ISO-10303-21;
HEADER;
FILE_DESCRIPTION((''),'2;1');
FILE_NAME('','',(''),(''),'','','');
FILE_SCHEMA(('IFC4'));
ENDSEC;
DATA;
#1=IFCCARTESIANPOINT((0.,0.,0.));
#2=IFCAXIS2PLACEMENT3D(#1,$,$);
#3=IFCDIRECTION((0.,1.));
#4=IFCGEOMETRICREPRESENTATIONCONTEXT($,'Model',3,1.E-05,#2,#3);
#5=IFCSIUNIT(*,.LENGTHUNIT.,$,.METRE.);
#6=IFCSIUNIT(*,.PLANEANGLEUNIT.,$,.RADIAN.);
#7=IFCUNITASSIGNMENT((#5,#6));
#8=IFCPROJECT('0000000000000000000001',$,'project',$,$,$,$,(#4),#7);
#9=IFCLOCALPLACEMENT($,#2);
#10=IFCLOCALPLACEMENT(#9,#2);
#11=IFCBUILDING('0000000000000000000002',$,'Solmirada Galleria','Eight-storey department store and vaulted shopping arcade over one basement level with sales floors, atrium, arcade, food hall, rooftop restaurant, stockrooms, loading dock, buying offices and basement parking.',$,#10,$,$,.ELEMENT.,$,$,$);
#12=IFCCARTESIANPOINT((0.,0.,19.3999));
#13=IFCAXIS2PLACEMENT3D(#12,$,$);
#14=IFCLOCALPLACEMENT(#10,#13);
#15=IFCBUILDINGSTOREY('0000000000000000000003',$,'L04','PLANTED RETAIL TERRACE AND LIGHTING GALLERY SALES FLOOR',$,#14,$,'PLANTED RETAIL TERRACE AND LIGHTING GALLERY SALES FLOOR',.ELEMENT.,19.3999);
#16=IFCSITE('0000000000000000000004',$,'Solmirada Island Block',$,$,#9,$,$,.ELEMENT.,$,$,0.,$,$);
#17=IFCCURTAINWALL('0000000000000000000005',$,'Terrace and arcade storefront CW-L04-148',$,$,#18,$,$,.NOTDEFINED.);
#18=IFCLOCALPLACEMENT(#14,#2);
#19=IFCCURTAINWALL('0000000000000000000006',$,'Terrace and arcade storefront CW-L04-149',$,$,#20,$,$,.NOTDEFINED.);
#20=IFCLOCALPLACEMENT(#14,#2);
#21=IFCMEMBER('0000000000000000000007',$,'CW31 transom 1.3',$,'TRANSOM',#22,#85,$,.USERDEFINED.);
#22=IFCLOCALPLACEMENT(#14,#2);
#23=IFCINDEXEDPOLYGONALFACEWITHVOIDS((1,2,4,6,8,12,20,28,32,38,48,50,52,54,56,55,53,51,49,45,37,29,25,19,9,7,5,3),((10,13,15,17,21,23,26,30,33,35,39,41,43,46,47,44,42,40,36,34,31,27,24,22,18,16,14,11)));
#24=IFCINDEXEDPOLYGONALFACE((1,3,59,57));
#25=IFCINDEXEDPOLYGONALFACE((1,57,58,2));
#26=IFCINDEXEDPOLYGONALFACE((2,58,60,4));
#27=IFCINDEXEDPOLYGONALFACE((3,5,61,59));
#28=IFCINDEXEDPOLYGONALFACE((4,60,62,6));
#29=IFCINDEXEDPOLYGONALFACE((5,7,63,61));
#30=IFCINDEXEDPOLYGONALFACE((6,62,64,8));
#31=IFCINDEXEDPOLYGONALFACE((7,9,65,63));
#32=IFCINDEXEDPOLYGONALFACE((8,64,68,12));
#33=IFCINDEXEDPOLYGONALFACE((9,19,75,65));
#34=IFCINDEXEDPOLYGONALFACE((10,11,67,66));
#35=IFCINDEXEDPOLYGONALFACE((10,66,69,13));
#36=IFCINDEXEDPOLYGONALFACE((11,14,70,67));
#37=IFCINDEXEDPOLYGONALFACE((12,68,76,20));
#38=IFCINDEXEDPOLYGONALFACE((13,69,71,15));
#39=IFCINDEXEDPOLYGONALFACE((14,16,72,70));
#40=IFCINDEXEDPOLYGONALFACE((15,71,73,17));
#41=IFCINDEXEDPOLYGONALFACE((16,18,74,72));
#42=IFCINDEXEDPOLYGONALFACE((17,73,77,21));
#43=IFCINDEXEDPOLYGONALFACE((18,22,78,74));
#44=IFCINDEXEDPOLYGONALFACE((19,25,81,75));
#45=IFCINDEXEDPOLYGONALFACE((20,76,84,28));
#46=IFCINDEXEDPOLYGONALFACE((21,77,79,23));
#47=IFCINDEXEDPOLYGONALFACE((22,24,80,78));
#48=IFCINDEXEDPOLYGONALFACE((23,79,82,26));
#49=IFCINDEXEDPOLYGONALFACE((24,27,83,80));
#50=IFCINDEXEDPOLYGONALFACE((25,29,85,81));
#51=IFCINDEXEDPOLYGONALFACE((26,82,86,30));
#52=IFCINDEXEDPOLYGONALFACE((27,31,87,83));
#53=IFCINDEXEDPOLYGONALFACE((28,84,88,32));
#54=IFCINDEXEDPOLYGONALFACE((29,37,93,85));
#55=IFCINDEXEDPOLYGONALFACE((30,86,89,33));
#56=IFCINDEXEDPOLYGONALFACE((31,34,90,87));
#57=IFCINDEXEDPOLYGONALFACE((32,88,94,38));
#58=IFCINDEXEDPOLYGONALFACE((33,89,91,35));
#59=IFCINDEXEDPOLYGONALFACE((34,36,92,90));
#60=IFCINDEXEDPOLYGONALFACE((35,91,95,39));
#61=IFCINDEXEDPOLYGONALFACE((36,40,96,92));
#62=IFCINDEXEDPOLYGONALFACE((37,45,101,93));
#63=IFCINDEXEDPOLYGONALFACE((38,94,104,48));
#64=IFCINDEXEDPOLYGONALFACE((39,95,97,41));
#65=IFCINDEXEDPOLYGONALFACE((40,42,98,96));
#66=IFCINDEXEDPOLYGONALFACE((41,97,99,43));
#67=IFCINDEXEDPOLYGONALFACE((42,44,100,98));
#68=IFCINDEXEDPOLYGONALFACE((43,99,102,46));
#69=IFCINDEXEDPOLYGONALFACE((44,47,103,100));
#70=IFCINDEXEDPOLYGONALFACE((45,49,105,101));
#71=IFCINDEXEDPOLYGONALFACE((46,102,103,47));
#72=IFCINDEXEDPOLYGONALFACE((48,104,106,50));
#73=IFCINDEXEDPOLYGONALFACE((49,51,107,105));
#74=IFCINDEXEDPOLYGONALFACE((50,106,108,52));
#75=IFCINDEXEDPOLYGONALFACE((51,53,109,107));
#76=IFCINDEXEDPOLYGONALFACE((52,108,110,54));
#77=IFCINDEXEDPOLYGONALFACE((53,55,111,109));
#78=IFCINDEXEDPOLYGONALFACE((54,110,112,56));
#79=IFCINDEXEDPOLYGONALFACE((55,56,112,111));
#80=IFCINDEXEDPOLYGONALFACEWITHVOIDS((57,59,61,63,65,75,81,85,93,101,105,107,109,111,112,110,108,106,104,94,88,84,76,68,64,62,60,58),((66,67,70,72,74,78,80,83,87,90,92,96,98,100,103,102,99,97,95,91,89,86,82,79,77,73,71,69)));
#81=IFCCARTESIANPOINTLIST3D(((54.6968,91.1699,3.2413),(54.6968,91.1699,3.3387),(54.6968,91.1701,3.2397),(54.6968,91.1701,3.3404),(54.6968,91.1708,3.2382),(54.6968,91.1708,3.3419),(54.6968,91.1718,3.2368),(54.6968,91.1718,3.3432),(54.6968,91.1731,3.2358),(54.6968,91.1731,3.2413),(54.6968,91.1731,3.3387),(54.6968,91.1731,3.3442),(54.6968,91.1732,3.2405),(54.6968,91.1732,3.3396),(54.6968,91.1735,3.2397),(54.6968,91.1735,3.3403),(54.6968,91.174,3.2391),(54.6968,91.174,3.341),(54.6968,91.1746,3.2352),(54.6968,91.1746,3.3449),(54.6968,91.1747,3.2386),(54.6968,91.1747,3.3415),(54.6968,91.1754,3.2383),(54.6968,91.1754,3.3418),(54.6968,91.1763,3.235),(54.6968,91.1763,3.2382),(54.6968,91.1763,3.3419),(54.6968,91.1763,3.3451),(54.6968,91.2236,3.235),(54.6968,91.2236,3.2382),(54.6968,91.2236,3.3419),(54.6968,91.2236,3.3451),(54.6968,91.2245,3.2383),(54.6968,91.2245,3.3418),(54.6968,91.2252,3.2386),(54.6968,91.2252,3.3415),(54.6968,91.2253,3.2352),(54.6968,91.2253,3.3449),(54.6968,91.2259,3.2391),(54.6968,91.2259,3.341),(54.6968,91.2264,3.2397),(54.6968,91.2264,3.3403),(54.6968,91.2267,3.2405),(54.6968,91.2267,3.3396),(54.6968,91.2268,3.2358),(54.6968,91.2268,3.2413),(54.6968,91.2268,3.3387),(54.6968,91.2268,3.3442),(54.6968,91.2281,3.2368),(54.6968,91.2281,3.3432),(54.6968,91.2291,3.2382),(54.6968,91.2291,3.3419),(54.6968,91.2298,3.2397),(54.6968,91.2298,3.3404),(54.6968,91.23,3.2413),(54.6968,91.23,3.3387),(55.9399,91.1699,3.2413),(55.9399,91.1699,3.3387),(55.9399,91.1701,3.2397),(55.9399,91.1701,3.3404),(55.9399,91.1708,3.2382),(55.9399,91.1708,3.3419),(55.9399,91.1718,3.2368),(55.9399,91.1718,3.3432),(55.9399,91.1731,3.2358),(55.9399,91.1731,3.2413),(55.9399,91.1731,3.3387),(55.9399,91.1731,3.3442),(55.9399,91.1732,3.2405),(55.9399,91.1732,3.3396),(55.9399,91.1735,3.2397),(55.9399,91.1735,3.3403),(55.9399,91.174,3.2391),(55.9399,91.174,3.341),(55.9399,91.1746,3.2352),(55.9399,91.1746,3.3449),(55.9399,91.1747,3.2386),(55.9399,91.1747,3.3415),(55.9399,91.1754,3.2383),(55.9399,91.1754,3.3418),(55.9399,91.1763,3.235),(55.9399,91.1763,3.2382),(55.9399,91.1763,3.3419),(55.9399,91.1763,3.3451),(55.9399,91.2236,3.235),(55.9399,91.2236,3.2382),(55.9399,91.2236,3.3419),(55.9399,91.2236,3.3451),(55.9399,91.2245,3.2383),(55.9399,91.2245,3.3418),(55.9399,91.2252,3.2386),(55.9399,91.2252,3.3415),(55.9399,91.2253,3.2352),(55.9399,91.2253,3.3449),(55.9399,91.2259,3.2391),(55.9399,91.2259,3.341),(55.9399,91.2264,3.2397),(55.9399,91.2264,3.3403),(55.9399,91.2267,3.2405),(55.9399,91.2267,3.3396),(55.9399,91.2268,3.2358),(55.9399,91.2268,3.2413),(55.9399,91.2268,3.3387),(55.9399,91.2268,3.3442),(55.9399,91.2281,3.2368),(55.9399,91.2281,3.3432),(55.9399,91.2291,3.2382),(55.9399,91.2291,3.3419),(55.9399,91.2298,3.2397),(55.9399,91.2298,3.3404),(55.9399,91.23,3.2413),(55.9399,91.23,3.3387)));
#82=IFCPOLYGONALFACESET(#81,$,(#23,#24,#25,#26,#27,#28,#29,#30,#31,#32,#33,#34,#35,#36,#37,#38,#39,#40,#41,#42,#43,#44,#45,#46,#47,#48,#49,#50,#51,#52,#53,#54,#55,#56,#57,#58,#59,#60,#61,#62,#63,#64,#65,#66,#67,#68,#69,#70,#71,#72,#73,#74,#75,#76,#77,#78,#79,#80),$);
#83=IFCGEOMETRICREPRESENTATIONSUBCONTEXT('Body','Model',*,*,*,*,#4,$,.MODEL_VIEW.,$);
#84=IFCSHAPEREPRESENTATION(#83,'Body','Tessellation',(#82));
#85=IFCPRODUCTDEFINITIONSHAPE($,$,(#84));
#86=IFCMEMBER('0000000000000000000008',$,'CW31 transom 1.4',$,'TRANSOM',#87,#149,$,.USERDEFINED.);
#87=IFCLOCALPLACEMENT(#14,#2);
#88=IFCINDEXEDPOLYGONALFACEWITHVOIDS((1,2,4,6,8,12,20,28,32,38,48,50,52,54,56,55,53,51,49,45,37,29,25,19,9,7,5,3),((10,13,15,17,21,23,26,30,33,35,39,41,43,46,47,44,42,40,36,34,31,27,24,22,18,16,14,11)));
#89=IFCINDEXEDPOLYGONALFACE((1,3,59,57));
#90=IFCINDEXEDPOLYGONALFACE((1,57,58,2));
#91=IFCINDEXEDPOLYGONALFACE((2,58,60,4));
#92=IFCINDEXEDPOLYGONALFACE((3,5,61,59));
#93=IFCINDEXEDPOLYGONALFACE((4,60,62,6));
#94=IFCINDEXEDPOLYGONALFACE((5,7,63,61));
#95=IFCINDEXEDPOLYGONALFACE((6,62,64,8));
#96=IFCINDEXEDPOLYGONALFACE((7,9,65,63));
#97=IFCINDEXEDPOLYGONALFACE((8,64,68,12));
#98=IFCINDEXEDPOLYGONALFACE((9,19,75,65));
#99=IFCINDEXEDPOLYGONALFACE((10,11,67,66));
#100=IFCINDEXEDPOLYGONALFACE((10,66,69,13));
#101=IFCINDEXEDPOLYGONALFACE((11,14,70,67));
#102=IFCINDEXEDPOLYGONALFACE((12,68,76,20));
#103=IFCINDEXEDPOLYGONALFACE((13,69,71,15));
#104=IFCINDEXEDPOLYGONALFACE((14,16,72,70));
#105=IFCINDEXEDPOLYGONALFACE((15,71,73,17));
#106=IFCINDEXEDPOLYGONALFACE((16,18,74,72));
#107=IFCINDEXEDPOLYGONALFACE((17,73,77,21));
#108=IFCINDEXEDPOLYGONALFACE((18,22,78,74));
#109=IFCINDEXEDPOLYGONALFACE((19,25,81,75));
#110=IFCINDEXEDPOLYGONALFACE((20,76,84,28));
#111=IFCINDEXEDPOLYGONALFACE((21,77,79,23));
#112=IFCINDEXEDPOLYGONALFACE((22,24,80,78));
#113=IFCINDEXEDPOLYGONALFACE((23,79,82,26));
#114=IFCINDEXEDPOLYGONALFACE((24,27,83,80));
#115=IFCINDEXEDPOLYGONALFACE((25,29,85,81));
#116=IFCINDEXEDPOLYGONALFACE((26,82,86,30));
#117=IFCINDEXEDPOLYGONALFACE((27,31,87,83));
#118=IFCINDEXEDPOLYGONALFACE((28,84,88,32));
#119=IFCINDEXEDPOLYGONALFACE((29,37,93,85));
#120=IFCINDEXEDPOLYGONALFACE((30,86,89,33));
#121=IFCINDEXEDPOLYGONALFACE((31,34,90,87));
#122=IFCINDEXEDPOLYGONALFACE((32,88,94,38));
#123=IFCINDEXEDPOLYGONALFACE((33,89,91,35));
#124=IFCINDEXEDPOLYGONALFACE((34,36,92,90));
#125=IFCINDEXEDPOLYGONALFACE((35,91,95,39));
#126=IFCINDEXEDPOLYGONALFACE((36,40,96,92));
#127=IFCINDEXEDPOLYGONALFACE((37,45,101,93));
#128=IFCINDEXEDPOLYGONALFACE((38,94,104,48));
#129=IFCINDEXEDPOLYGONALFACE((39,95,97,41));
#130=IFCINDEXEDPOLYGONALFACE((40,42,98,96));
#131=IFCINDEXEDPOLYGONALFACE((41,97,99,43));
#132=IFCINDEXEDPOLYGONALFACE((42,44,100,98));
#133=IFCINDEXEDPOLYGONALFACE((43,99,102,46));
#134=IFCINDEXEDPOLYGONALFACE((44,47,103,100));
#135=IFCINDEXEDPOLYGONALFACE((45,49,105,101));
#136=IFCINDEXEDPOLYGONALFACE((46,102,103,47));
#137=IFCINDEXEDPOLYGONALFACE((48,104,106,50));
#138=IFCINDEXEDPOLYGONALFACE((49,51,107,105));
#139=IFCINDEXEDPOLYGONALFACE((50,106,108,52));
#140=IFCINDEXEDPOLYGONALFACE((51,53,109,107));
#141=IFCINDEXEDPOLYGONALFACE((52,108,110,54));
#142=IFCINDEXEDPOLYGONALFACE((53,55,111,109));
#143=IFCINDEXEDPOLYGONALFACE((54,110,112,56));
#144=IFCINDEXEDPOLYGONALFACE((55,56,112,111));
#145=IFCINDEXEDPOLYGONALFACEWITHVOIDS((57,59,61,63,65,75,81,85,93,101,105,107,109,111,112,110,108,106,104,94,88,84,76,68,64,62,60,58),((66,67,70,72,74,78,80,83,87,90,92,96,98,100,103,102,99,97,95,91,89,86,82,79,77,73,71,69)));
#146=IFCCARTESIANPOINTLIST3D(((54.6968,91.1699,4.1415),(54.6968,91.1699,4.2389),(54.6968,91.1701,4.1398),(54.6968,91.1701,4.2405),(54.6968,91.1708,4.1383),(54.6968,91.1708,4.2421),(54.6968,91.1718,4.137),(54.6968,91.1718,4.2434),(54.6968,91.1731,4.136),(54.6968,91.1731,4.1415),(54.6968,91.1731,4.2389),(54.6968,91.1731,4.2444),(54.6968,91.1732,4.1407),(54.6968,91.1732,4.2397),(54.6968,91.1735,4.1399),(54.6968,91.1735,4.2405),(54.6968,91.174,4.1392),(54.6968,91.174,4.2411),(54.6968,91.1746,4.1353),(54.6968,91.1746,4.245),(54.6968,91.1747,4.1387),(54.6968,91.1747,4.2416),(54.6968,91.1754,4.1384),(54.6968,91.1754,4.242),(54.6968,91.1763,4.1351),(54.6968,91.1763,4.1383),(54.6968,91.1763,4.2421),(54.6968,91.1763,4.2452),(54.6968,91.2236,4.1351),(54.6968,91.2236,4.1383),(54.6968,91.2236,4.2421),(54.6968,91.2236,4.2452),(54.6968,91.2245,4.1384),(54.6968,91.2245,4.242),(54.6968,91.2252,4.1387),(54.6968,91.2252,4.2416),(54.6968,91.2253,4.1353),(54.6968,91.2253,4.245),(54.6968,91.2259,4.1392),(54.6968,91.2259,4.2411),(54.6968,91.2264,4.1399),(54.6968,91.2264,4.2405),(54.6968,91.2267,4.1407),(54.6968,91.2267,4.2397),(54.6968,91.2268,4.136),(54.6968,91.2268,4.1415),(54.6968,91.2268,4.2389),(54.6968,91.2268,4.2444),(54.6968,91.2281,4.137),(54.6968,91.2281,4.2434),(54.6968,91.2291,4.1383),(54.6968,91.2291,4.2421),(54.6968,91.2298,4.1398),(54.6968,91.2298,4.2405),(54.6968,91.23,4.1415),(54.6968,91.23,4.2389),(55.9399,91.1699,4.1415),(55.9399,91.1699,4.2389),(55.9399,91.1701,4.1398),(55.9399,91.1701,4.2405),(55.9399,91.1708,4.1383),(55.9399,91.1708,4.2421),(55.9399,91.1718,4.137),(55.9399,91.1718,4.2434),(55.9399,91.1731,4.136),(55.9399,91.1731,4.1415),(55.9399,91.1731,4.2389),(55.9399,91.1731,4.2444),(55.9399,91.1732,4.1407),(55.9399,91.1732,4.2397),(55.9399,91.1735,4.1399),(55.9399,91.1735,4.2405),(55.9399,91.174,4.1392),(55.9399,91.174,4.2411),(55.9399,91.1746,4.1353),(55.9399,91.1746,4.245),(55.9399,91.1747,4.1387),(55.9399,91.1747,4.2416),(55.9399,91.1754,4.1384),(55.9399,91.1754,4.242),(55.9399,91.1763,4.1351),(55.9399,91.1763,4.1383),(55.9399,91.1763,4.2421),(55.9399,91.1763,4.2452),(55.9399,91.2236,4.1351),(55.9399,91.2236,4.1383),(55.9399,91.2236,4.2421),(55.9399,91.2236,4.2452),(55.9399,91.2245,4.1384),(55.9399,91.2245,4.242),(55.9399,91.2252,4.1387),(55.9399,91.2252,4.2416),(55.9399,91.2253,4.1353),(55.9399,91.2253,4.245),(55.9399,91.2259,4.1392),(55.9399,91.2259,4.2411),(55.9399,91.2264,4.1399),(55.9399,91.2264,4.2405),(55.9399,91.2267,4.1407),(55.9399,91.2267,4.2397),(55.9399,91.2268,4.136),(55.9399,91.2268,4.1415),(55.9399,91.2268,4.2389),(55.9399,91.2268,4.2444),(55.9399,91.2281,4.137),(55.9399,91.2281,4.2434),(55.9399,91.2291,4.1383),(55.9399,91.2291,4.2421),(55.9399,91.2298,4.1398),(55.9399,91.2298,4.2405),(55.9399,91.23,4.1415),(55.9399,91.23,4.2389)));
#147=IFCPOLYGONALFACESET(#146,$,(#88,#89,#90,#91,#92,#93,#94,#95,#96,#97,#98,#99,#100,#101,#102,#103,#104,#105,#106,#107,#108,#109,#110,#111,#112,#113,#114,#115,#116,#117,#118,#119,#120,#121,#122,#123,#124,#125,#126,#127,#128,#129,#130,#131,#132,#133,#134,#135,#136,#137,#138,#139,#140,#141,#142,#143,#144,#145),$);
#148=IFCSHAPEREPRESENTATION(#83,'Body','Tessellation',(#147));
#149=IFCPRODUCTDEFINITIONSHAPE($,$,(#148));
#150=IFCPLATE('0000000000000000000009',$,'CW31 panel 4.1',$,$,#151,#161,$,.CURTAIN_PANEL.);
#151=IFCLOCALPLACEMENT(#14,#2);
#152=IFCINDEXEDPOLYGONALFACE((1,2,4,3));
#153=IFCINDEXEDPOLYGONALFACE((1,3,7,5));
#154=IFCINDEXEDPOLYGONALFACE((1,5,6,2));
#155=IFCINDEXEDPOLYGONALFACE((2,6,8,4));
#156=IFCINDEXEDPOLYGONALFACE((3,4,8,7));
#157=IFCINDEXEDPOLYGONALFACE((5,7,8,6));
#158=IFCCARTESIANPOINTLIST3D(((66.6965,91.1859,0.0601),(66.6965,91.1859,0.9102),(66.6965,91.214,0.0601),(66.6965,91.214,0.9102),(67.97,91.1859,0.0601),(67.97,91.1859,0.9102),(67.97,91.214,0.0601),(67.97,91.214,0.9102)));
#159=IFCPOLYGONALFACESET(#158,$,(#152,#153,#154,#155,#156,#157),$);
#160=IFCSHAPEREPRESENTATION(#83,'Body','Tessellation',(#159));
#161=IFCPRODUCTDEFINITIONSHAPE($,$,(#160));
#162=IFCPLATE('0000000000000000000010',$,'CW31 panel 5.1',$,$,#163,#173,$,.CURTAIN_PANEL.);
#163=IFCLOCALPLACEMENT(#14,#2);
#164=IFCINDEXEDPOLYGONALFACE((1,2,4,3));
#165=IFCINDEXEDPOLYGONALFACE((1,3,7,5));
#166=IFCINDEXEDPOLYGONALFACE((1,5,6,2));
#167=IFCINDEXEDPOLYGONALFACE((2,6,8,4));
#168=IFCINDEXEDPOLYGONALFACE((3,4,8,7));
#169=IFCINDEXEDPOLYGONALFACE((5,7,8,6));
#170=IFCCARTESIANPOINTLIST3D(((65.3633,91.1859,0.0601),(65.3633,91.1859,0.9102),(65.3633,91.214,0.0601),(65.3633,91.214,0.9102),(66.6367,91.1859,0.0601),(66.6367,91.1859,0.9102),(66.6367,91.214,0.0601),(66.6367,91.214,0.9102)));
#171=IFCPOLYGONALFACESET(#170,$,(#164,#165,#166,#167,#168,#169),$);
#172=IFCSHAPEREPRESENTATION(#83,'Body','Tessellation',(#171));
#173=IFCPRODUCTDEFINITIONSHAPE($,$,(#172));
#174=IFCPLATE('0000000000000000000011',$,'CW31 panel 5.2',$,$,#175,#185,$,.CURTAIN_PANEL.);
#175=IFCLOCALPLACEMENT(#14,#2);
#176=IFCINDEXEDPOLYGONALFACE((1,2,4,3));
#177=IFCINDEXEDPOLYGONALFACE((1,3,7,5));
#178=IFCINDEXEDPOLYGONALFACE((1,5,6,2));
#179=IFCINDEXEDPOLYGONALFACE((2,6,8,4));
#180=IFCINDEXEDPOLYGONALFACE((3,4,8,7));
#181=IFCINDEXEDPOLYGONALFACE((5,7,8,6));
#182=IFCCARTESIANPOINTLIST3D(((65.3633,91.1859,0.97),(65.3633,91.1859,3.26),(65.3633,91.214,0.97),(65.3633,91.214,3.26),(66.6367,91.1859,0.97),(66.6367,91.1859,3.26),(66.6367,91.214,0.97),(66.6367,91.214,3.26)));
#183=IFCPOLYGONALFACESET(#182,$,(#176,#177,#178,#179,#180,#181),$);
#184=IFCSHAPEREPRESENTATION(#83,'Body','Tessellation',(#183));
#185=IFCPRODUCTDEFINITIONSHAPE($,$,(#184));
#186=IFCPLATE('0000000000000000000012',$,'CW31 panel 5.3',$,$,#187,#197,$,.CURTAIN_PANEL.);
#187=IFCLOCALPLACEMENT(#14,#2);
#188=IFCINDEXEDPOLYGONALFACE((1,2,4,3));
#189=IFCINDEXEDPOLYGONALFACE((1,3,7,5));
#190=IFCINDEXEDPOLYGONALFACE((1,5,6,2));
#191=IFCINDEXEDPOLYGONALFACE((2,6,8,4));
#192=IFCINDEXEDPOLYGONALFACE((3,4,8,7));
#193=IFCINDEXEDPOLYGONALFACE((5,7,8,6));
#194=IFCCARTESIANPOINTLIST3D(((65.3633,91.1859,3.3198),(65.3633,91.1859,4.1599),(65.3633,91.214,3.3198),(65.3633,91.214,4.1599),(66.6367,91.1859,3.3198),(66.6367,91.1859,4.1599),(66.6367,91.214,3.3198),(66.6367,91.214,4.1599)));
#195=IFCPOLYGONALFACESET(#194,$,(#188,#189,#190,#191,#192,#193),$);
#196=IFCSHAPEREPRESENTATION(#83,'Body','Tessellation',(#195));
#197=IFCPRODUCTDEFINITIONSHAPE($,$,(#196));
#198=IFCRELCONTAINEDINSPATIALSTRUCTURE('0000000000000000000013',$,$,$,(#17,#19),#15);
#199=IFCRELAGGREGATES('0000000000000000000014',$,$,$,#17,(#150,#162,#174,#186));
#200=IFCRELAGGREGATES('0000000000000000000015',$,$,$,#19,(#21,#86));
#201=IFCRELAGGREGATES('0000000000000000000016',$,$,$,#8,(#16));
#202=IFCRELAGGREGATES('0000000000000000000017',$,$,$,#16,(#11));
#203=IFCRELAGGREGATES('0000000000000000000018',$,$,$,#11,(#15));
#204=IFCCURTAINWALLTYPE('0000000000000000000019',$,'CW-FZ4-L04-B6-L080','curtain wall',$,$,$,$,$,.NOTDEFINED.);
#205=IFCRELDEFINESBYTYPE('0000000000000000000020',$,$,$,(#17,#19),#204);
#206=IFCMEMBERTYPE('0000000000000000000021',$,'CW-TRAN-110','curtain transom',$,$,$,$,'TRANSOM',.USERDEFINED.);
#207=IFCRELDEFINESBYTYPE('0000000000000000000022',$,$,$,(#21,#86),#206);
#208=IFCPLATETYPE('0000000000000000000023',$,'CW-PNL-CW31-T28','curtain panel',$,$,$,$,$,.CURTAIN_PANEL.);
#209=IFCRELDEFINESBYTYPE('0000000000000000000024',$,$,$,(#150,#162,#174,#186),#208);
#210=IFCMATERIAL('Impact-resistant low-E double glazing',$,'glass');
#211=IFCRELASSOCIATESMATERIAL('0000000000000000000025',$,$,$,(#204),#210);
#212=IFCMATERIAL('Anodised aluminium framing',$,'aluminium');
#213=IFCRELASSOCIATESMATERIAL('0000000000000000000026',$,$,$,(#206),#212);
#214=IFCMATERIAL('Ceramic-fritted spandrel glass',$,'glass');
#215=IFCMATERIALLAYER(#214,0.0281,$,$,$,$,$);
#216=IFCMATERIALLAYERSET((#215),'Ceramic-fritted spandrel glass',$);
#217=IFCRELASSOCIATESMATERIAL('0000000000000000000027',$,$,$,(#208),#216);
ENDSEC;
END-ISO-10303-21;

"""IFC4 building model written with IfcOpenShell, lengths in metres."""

from ifc_helpers import new_model, si_unit, direction, frame, origin, origin_2d, place, context, subcontext, project, spatial, rectangle, hollow_rectangle, extrude, material, layer, layer_set, material_profile, profile_set, type_object, element, aggregate, save


model = new_model("IFC4")

# Units and contexts
model_context = context("Model", 3, precision=1e-05, world=origin(), true_north=direction((0.0, 1.0)))
body_context = subcontext(model_context, "Body", "Model", "MODEL_VIEW")
ifc_project = project(units=[si_unit("LENGTHUNIT", "METRE"), si_unit("PLANEANGLEUNIT", "RADIAN")], contexts=[model_context])

# Site, building, storey
site_placement = place(None, origin())
site = spatial("IfcSite", under=ifc_project, at=site_placement, Name="Solmirada Island Block", CompositionType="ELEMENT", RefElevation=0.0)
building_placement = place(site_placement, origin())
building = spatial("IfcBuilding", under=site, at=building_placement, Name="Solmirada Galleria", Description="Eight-storey department store and vaulted shopping arcade over one basement level with sales floors, atrium, arcade, food hall, rooftop restaurant, stockrooms, loading dock, buying offices and basement parking.", CompositionType="ELEMENT")
storey_placement = place(building_placement, frame((0.0, 0.0, 19.3999)))
storey = spatial("IfcBuildingStorey", under=building, at=storey_placement, Name="L04", Description="PLANTED RETAIL TERRACE AND LIGHTING GALLERY SALES FLOOR", LongName="PLANTED RETAIL TERRACE AND LIGHTING GALLERY SALES FLOOR", CompositionType="ELEMENT", Elevation=19.3999)

# Curtain wall
ifc_material_1 = material(Name="Impact-resistant low-E double glazing", Category="glass")
curtain_wall_type = type_object("IfcCurtainWallType", Name="CW-FZ4-L04-B6-L080", Description="curtain wall", PredefinedType="NOTDEFINED", material=ifc_material_1)
curtain_wall_1_placement = place(storey_placement, origin())
curtain_wall_1 = element("IfcCurtainWall", 1, at=curtain_wall_1_placement, inside=storey, type_object=curtain_wall_type, Name="Terrace and arcade storefront CW-L04-148", PredefinedType="NOTDEFINED")
ifc_material_2 = material(Name="Anodised aluminium framing", Category="aluminium")

# Curtain wall
curtain_wall_2_placement = place(storey_placement, origin())
curtain_wall_2 = element("IfcCurtainWall", 2, at=curtain_wall_2_placement, inside=storey, type_object=curtain_wall_type, Name="Terrace and arcade storefront CW-L04-149", PredefinedType="NOTDEFINED")

# Members
ifc_material_profile_1 = material_profile(ifc_material_2, hollow_rectangle(XDim=0.0601, YDim=0.1101, WallThickness=0.0032, InnerFilletRadius=0.0032, OuterFilletRadius=0.0063, at=origin_2d()), Name="ALU-TRAN-110X60")
ifc_profile_set_1 = profile_set([ifc_material_profile_1], Name="Anodised aluminium framing")
member_type_1 = type_object("IfcMemberType", Name="CW-TRAN-110", Description="curtain transom", ElementType="TRANSOM", PredefinedType="USERDEFINED", material=ifc_profile_set_1)
member_1_placement = place(storey_placement, frame((55.9399, 91.2, 3.29), z_axis=(-1.0, 0.0, 0.0), x_axis=(0.0, -1.0, 0.0)))
member_1 = element("IfcMember", 3, at=member_1_placement, type_object=member_type_1, Name="CW31 transom 1.3", ObjectType="TRANSOM", PredefinedType="USERDEFINED", context=body_context, shape_type="SweptSolid", body=[
    extrude(hollow_rectangle(XDim=0.0601, YDim=0.1101, WallThickness=0.0032, InnerFilletRadius=0.0032, OuterFilletRadius=0.0063, at=origin_2d()), origin(), (0.0, 0.0, 1.0), 1.2432),
])
member_2_placement = place(storey_placement, frame((55.9399, 91.2, 4.1902), z_axis=(-1.0, 0.0, 0.0), x_axis=(0.0, -1.0, 0.0)))
member_2 = element("IfcMember", 4, at=member_2_placement, type_object=member_type_1, Name="CW31 transom 1.4", ObjectType="TRANSOM", PredefinedType="USERDEFINED", context=body_context, shape_type="SweptSolid", body=[
    extrude(hollow_rectangle(XDim=0.0601, YDim=0.1101, WallThickness=0.0032, InnerFilletRadius=0.0032, OuterFilletRadius=0.0063, at=origin_2d()), origin(), (0.0, 0.0, 1.0), 1.2432),
])

# Plates
ifc_material_3 = material(Name="Ceramic-fritted spandrel glass", Category="glass")
ifc_layer_1 = layer(ifc_material_3, 0.0281)
ifc_layer_set_1 = layer_set([ifc_layer_1], Name="Ceramic-fritted spandrel glass")
plate_type = type_object("IfcPlateType", Name="CW-PNL-CW31-T28", Description="curtain panel", PredefinedType="CURTAIN_PANEL", material=ifc_layer_set_1)
plate_1_placement = place(storey_placement, frame((67.3333, 91.2, 0.0601), z_axis=(0.0, 0.0, 1.0), x_axis=(-1.0, 0.0, 0.0)))
plate_1 = element("IfcPlate", 5, at=plate_1_placement, type_object=plate_type, Name="CW31 panel 4.1", PredefinedType="CURTAIN_PANEL", context=body_context, shape_type="SweptSolid", body=[
    extrude(rectangle(XDim=1.2734, YDim=0.0281, at=origin_2d()), origin(), (0.0, 0.0, 1.0), 0.8501),
])
plate_2_placement = place(storey_placement, frame((66.0, 91.2, 0.0601), z_axis=(0.0, 0.0, 1.0), x_axis=(-1.0, 0.0, 0.0)))
plate_2 = element("IfcPlate", 6, at=plate_2_placement, type_object=plate_type, Name="CW31 panel 5.1", PredefinedType="CURTAIN_PANEL", context=body_context, shape_type="SweptSolid", body=[
    extrude(rectangle(XDim=1.2734, YDim=0.0281, at=origin_2d()), origin(), (0.0, 0.0, 1.0), 0.8501),
])
plate_3_placement = place(storey_placement, frame((66.0, 91.2, 0.97), z_axis=(0.0, 0.0, 1.0), x_axis=(-1.0, 0.0, 0.0)))
plate_3 = element("IfcPlate", 7, at=plate_3_placement, type_object=plate_type, Name="CW31 panel 5.2", PredefinedType="CURTAIN_PANEL", context=body_context, shape_type="SweptSolid", body=[
    extrude(rectangle(XDim=1.2734, YDim=0.0281, at=origin_2d()), origin(), (0.0, 0.0, 1.0), 2.29),
])
plate_4_placement = place(storey_placement, frame((66.0, 91.2, 3.3198), z_axis=(0.0, 0.0, 1.0), x_axis=(-1.0, 0.0, 0.0)))
plate_4 = element("IfcPlate", 8, at=plate_4_placement, type_object=plate_type, Name="CW31 panel 5.3", PredefinedType="CURTAIN_PANEL", context=body_context, shape_type="SweptSolid", body=[
    extrude(rectangle(XDim=1.2734, YDim=0.0281, at=origin_2d()), origin(), (0.0, 0.0, 1.0), 0.8401),
])
aggregate(curtain_wall_1, [plate_1, plate_2, plate_3, plate_4])
aggregate(curtain_wall_2, [member_1, member_2])

save(model, "model.ifc")
